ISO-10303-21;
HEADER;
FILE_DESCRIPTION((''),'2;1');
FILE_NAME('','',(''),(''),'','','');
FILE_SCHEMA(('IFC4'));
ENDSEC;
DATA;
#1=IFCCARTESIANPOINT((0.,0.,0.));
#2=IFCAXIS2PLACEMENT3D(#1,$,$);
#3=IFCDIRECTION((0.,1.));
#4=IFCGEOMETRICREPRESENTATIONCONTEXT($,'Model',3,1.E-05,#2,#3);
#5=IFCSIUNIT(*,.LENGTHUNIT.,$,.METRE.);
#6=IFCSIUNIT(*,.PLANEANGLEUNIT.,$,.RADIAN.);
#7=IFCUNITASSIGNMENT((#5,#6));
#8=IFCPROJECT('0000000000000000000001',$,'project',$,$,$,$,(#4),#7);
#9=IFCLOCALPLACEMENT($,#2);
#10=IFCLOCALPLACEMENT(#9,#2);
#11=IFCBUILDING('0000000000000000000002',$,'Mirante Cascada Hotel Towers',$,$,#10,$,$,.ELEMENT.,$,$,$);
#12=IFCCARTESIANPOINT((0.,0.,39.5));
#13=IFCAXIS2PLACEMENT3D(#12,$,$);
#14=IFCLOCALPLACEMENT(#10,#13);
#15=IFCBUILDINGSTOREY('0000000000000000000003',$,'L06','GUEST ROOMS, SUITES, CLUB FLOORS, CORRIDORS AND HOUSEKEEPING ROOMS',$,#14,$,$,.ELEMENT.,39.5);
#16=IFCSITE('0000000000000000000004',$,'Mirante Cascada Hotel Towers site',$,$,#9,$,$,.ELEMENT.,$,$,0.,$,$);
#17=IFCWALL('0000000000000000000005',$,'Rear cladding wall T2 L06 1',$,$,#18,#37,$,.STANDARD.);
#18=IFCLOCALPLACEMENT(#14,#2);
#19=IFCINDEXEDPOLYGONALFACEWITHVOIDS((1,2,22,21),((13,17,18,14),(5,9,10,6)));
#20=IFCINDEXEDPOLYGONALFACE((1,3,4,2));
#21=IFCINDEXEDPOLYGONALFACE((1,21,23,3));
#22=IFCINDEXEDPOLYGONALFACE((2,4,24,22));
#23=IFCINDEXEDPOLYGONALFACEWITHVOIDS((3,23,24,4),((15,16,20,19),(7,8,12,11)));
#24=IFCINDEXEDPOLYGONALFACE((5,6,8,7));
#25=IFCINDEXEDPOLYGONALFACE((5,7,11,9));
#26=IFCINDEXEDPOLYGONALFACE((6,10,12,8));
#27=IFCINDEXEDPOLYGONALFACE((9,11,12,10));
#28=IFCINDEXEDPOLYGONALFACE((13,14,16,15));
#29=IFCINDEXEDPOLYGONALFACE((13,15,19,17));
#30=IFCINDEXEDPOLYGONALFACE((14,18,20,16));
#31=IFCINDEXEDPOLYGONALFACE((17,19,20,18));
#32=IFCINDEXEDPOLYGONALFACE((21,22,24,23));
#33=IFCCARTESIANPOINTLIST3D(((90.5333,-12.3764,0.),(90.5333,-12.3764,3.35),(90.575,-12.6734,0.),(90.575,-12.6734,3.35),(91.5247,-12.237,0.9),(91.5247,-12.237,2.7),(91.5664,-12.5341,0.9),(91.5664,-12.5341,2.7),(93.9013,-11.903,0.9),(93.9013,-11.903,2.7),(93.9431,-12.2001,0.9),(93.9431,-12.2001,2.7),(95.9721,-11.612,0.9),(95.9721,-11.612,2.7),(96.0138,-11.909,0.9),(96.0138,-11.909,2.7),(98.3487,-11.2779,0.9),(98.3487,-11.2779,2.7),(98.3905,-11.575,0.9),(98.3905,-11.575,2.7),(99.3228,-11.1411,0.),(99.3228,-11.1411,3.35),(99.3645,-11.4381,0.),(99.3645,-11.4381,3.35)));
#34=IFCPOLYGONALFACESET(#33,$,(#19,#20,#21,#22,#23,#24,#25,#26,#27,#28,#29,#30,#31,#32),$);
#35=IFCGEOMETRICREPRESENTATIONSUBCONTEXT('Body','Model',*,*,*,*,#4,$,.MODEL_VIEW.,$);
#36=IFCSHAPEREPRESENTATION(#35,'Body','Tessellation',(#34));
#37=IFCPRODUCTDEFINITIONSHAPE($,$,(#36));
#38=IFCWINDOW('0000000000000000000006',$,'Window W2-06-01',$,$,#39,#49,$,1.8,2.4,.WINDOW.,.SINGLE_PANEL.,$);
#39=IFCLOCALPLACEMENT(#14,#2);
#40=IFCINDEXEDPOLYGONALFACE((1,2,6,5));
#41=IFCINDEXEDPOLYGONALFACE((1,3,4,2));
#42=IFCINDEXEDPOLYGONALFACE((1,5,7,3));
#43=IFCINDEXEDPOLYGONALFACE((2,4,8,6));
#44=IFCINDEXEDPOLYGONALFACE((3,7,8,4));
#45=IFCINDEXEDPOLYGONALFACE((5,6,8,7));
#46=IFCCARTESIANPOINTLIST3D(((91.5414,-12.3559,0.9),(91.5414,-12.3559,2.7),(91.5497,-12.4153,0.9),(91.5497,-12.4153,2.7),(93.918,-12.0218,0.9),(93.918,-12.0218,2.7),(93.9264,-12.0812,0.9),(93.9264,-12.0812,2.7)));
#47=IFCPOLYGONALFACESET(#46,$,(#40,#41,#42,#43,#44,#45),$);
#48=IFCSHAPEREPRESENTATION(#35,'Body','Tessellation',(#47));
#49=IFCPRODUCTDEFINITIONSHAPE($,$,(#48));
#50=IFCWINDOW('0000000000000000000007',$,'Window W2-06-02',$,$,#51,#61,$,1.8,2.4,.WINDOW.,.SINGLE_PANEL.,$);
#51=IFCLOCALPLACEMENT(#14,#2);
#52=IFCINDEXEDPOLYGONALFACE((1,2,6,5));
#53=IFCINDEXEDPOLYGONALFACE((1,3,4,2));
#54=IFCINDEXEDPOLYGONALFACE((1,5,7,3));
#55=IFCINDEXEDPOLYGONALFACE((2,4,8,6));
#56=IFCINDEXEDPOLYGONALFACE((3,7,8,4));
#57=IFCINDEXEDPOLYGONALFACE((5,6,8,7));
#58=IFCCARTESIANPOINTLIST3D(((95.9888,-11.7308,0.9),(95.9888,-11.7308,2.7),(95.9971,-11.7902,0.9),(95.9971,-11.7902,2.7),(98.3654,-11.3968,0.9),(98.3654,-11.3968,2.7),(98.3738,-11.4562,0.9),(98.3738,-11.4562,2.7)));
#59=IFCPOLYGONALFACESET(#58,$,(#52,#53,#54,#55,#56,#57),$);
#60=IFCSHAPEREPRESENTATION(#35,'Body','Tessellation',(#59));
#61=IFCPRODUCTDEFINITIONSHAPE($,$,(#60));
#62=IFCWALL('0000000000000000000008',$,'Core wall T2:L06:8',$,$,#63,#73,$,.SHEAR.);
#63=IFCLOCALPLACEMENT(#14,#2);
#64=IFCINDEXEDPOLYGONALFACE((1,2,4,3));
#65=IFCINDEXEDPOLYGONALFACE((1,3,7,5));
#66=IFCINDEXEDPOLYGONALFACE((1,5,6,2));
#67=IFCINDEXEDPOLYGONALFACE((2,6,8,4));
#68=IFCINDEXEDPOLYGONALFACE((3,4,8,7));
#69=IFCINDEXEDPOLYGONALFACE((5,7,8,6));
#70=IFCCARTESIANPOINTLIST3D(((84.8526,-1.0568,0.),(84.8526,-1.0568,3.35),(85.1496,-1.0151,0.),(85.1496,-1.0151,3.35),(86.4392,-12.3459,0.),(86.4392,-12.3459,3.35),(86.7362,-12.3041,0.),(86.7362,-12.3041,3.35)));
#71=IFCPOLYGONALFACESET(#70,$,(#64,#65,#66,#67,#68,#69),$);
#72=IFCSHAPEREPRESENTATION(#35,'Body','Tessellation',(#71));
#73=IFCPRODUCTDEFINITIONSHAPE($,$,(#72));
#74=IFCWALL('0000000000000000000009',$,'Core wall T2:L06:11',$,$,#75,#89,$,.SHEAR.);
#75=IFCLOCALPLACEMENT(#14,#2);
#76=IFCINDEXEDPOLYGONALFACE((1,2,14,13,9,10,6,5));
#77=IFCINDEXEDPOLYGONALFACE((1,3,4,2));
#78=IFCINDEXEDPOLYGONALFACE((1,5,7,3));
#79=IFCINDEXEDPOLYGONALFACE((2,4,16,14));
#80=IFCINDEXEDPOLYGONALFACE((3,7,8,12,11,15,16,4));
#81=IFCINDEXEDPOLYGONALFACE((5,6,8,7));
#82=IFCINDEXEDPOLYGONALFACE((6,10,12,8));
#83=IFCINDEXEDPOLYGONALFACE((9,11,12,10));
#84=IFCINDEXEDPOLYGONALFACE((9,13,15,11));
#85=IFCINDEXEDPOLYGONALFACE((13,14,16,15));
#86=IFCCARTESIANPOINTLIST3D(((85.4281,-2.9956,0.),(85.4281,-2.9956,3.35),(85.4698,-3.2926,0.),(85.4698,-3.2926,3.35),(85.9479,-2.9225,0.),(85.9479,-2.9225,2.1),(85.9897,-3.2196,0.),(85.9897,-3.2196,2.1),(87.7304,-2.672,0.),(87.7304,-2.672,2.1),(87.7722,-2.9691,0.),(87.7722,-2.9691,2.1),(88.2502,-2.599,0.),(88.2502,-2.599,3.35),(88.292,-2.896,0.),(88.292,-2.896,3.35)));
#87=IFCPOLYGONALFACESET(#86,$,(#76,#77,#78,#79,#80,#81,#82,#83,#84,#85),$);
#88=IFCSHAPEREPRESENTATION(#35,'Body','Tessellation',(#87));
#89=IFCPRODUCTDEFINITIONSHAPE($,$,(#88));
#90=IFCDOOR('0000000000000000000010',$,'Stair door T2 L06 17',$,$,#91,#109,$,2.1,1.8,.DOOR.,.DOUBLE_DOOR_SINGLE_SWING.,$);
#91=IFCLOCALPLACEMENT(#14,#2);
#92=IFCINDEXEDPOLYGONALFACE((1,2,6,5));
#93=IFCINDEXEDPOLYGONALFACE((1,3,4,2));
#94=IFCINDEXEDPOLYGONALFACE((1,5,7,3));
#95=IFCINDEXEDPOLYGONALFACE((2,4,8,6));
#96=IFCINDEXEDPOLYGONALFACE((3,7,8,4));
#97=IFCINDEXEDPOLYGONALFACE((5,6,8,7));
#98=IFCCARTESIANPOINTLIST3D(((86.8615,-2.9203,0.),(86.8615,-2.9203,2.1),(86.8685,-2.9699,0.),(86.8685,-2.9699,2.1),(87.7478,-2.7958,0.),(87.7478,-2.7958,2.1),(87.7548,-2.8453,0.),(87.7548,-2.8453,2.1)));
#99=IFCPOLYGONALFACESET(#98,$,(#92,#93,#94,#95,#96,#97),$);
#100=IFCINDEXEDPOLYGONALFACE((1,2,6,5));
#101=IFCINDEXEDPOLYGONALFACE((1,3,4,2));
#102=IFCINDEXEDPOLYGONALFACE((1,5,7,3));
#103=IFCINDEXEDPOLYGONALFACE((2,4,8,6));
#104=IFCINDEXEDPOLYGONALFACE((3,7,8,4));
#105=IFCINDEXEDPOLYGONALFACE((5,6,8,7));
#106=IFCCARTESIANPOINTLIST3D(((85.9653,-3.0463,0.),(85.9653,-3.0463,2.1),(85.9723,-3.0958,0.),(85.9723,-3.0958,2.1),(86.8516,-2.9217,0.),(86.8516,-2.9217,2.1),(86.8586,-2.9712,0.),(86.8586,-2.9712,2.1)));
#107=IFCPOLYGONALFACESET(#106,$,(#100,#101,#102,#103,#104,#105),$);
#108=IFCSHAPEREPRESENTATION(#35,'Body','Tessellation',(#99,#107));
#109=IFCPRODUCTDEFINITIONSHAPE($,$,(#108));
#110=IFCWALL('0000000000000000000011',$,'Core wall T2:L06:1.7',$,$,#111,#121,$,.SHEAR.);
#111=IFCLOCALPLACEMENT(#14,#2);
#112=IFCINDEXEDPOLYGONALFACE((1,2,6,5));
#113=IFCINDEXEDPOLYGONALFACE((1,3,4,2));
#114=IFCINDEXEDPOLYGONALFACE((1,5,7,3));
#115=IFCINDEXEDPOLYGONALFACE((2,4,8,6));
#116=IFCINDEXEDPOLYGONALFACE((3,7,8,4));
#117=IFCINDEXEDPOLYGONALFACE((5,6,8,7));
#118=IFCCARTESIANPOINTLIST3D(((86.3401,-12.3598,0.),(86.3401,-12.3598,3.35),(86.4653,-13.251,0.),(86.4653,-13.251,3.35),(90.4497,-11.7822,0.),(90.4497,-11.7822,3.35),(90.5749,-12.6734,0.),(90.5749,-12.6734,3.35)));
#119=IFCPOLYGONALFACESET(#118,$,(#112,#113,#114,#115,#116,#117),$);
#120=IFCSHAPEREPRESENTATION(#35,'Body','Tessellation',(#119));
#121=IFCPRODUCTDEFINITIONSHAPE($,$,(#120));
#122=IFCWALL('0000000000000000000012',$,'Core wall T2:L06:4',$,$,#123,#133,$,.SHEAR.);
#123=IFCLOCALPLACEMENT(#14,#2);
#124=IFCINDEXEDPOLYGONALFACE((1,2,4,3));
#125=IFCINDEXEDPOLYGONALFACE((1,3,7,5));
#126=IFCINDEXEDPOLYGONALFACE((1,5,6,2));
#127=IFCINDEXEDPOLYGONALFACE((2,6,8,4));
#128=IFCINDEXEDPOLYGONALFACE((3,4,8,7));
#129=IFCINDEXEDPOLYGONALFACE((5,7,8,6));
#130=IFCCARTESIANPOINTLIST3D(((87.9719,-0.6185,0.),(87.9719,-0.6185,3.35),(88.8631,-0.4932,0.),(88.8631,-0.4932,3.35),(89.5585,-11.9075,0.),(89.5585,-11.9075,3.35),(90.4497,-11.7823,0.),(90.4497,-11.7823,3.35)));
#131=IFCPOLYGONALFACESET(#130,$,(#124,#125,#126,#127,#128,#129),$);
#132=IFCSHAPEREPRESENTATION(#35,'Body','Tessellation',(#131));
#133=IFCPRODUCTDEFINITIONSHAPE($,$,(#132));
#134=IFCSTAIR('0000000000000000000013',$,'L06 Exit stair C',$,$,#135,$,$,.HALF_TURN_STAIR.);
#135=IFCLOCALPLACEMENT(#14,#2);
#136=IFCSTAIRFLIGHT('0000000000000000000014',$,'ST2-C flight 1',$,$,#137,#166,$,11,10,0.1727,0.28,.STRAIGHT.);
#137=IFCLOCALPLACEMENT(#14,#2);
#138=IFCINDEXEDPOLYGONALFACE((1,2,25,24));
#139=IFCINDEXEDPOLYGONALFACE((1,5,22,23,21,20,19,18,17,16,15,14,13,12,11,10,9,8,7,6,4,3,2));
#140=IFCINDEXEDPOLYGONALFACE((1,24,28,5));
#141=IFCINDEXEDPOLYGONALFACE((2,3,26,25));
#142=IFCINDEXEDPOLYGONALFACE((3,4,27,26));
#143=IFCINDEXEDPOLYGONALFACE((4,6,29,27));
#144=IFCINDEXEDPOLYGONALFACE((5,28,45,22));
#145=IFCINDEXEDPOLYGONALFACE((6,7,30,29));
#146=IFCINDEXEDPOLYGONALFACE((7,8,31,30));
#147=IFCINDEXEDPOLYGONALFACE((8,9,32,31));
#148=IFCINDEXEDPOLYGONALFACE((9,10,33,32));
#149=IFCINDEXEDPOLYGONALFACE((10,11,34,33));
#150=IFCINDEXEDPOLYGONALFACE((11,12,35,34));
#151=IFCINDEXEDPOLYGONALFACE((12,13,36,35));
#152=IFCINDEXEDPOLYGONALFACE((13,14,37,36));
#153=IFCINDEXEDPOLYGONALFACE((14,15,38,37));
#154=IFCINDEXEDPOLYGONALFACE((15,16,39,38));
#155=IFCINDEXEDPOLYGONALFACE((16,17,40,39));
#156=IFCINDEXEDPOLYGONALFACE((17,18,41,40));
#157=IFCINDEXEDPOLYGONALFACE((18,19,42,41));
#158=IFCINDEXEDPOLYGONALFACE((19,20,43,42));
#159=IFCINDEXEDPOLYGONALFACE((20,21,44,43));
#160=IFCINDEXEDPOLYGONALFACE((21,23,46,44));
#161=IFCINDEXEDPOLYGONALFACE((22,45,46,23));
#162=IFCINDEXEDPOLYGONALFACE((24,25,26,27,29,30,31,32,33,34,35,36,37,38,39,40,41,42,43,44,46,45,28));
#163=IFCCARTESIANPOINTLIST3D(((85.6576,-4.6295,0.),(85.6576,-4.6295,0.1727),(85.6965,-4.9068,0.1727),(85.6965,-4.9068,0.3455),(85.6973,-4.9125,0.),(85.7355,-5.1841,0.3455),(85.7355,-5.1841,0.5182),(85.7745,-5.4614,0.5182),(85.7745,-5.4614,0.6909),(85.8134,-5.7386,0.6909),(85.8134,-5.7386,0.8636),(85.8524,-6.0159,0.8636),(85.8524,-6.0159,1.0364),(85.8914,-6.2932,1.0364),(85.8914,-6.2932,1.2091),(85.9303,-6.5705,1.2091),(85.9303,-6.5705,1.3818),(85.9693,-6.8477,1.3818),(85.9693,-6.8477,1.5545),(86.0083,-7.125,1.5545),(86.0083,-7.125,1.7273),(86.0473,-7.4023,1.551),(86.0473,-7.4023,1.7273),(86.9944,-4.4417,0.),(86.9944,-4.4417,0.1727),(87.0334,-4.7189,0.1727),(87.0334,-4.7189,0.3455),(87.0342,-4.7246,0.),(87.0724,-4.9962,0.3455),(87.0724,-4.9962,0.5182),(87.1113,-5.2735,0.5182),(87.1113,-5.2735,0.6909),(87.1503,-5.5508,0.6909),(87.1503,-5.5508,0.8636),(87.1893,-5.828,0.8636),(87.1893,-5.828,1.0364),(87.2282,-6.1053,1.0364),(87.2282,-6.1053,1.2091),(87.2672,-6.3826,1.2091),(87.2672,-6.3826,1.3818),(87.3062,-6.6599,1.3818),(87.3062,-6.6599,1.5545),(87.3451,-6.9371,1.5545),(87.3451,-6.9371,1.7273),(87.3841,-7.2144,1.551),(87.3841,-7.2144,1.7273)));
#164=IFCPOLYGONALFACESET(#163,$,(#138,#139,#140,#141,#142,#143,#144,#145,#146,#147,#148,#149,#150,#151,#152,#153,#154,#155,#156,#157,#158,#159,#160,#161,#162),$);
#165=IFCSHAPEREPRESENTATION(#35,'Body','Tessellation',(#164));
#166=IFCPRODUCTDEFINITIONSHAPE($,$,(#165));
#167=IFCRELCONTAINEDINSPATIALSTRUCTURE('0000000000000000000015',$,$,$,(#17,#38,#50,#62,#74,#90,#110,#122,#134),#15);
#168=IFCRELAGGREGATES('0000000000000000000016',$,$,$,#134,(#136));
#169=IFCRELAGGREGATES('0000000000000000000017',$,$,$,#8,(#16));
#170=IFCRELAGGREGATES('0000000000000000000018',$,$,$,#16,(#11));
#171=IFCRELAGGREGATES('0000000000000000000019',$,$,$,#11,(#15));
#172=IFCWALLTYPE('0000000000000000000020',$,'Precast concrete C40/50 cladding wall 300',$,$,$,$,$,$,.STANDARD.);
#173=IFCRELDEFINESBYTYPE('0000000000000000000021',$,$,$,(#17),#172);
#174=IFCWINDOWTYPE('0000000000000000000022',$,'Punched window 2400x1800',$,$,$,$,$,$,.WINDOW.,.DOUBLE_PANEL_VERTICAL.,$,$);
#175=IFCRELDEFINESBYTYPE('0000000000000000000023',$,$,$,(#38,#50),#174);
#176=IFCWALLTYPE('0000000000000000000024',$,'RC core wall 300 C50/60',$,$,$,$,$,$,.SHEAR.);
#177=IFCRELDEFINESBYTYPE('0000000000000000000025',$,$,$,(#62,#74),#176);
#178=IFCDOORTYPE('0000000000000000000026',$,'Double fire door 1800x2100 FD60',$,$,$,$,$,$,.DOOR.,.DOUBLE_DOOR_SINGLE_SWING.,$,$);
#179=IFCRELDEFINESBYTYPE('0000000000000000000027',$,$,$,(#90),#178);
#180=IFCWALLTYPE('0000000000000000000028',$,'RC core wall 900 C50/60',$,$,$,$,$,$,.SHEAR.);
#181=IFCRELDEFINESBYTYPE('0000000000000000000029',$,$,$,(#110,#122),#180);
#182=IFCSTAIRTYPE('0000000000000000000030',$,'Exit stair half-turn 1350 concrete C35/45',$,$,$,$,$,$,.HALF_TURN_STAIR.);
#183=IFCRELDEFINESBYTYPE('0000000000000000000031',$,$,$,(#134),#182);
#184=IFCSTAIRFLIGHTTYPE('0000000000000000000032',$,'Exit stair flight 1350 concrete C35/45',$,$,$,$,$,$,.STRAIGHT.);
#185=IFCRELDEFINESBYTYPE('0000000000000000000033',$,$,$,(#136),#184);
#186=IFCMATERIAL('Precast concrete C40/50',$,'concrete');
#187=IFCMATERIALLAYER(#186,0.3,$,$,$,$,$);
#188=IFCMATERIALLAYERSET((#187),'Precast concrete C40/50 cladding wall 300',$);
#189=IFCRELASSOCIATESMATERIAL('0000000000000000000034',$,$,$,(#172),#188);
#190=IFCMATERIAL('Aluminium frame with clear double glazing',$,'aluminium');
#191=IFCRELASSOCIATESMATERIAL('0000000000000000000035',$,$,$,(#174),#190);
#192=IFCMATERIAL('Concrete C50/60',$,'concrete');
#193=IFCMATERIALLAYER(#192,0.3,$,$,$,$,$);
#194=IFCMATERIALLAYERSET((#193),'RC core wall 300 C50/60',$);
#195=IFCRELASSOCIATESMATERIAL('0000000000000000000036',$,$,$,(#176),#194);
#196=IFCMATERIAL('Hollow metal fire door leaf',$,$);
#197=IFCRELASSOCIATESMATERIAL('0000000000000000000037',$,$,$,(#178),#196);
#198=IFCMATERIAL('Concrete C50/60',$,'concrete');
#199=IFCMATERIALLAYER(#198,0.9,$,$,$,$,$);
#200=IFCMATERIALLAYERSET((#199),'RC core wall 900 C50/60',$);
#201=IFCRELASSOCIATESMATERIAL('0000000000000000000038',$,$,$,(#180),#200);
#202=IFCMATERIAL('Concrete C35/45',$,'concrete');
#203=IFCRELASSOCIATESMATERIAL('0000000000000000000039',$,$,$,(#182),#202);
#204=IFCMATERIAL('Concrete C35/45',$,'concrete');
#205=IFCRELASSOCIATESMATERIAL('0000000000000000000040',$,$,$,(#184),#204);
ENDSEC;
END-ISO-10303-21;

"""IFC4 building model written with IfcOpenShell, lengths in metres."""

from ifc_helpers import new_model, si_unit, direction, frame, frame_2d, origin, place, context, subcontext, project, spatial, polyline, rectangle, outline, extrude, material, layer, layer_set, type_object, element, fill, aggregate, save


model = new_model("IFC4")

# Units and contexts
model_context = context("Model", 3, precision=1e-05, world=origin(), true_north=direction((0.0, 1.0)))
body_context = subcontext(model_context, "Body", "Model", "MODEL_VIEW")
ifc_project = project(units=[si_unit("LENGTHUNIT", "METRE"), si_unit("PLANEANGLEUNIT", "RADIAN")], contexts=[model_context])

# Site, building, storey
site_placement = place(None, origin())
site = spatial("IfcSite", under=ifc_project, at=site_placement, Name="Mirante Cascada Hotel Towers site", CompositionType="ELEMENT", RefElevation=0.0)
building_placement = place(site_placement, origin())
building = spatial("IfcBuilding", under=site, at=building_placement, Name="Mirante Cascada Hotel Towers", CompositionType="ELEMENT")
storey_placement = place(building_placement, frame((0.0, 0.0, 39.5)))
storey = spatial("IfcBuildingStorey", under=building, at=storey_placement, Name="L06", Description="GUEST ROOMS, SUITES, CLUB FLOORS, CORRIDORS AND HOUSEKEEPING ROOMS", CompositionType="ELEMENT", Elevation=39.5)

# Wall, openings, windows
ifc_material_1 = material(Name="Precast concrete C40/50", Category="concrete")
ifc_layer_1 = layer(ifc_material_1, 0.3)
ifc_layer_set_1 = layer_set([ifc_layer_1], Name="Precast concrete C40/50 cladding wall 300")
wall_type_1 = type_object("IfcWallType", Name="Precast concrete C40/50 cladding wall 300", PredefinedType="STANDARD", material=ifc_layer_set_1)
wall_1_placement = place(storey_placement, frame((90.5541, -12.5249, 0.0), z_axis=(0.0, 0.0, 1.0), x_axis=(0.990268, 0.139175, 0.0)))
wall_1 = element("IfcWall", 1, at=wall_1_placement, inside=storey, type_object=wall_type_1, Name="Rear cladding wall T2 L06 1", PredefinedType="STANDARD", context=body_context, shape_type="SweptSolid", body=[
    extrude(rectangle(XDim=8.8759, YDim=0.3, at=frame_2d((4.438, 0.0))), origin(), (0.0, 0.0, 1.0), 3.35),
])
opening_1_placement = place(wall_1_placement, frame((1.0012, 0.0, 0.9)))
opening_1 = element("IfcOpeningElement", 2, at=opening_1_placement, cuts=wall_1, PredefinedType="OPENING", context=body_context, shape_type="SweptSolid", body=[
    extrude(rectangle(XDim=2.4, YDim=1.8, at=frame_2d((1.2, 0.9))), frame((0.0, 0.15, 0.0), z_axis=(0.0, -1.0, 0.0), x_axis=(1.0, 0.0, 0.0)), (0.0, 0.0, 1.0), 0.3),
])
opening_2_placement = place(wall_1_placement, frame((5.4923, 0.0, 0.9)))
opening_2 = element("IfcOpeningElement", 3, at=opening_2_placement, cuts=wall_1, PredefinedType="OPENING", context=body_context, shape_type="SweptSolid", body=[
    extrude(rectangle(XDim=2.4, YDim=1.8, at=frame_2d((1.2, 0.9))), frame((0.0, 0.15, 0.0), z_axis=(0.0, -1.0, 0.0), x_axis=(1.0, 0.0, 0.0)), (0.0, 0.0, 1.0), 0.3),
])
ifc_material_2 = material(Name="Aluminium frame with clear double glazing", Category="aluminium")
window_type = type_object("IfcWindowType", Name="Punched window 2400x1800", PartitioningType="DOUBLE_PANEL_VERTICAL", PredefinedType="WINDOW", material=ifc_material_2)
window_1_placement = place(opening_1_placement, origin())
window_1 = element("IfcWindow", 4, at=window_1_placement, inside=storey, type_object=window_type, Name="Window W2-06-01", OverallHeight=1.8, OverallWidth=2.4, PartitioningType="SINGLE_PANEL", PredefinedType="WINDOW", context=body_context, shape_type="SweptSolid", body=[
    extrude(rectangle(XDim=2.4, YDim=1.8, at=frame_2d((1.2, 0.9))), frame((0.0, 0.03, 0.0), z_axis=(0.0, -1.0, 0.0), x_axis=(1.0, 0.0, 0.0)), (0.0, 0.0, 1.0), 0.06),
])
fill(opening_1, window_1)
window_2_placement = place(opening_2_placement, origin())
window_2 = element("IfcWindow", 5, at=window_2_placement, inside=storey, type_object=window_type, Name="Window W2-06-02", OverallHeight=1.8, OverallWidth=2.4, PartitioningType="SINGLE_PANEL", PredefinedType="WINDOW", context=body_context, shape_type="SweptSolid", body=[
    extrude(rectangle(XDim=2.4, YDim=1.8, at=frame_2d((1.2, 0.9))), frame((0.0, 0.03, 0.0), z_axis=(0.0, -1.0, 0.0), x_axis=(1.0, 0.0, 0.0)), (0.0, 0.0, 1.0), 0.06),
])
fill(opening_2, window_2)

# Wall
ifc_material_3 = material(Name="Concrete C50/60", Category="concrete")
ifc_layer_2 = layer(ifc_material_3, 0.3)
ifc_layer_set_2 = layer_set([ifc_layer_2], Name="RC core wall 300 C50/60")
wall_type_2 = type_object("IfcWallType", Name="RC core wall 300 C50/60", PredefinedType="SHEAR", material=ifc_layer_set_2)
wall_2_placement = place(storey_placement, frame((86.5877, -12.325, 0.0), z_axis=(0.0, 0.0, 1.0), x_axis=(-0.139175, 0.990268, 0.0)))
element("IfcWall", 6, at=wall_2_placement, inside=storey, type_object=wall_type_2, Name="Core wall T2:L06:8", PredefinedType="SHEAR", context=body_context, shape_type="SweptSolid", body=[
    extrude(rectangle(XDim=11.4, YDim=0.3, at=frame_2d((5.7, 0.0))), origin(), (0.0, 0.0, 1.0), 3.35),
])

# Wall, opening, door
wall_3_placement = place(storey_placement, frame((85.4489, -3.1441, 0.0), z_axis=(0.0, 0.0, 1.0), x_axis=(0.99027, 0.139161, 0.0)))
wall_3 = element("IfcWall", 7, at=wall_3_placement, inside=storey, type_object=wall_type_2, Name="Core wall T2:L06:11", PredefinedType="SHEAR", context=body_context, shape_type="SweptSolid", body=[
    extrude(rectangle(XDim=2.8499, YDim=0.3, at=frame_2d((1.425, 0.0))), origin(), (0.0, 0.0, 1.0), 3.35),
])
opening_3_placement = place(wall_3_placement, frame((0.525, 0.0, 0.0)))
opening_3 = element("IfcOpeningElement", 8, at=opening_3_placement, cuts=wall_3, PredefinedType="OPENING", context=body_context, shape_type="SweptSolid", body=[
    extrude(rectangle(XDim=1.8, YDim=2.1, at=frame_2d((0.9, 1.05))), frame((0.0, 0.15, 0.0), z_axis=(0.0, -1.0, 0.0), x_axis=(1.0, 0.0, 0.0)), (0.0, 0.0, 1.0), 0.3),
])
ifc_material_4 = material(Name="Hollow metal fire door leaf")
door_type_1 = type_object("IfcDoorType", Name="Double fire door 1800x2100 FD60", OperationType="DOUBLE_DOOR_SINGLE_SWING", PredefinedType="DOOR", material=ifc_material_4)
door_1_placement = place(opening_3_placement, frame((1.8, 0.0, 0.0), z_axis=(0.0, 0.0, 1.0), x_axis=(-1.0, 0.0, 0.0)))
door_1 = element("IfcDoor", 9, at=door_1_placement, inside=storey, type_object=door_type_1, Name="Stair door T2 L06 17", OperationType="DOUBLE_DOOR_SINGLE_SWING", OverallHeight=2.1, OverallWidth=1.8, PredefinedType="DOOR", context=body_context, shape_type="SweptSolid", body=[
    extrude(rectangle(XDim=0.895, YDim=2.1, at=frame_2d((0.4475, 1.05))), frame((0.0, 0.025, 0.0), z_axis=(0.0, -1.0, 0.0), x_axis=(1.0, 0.0, 0.0)), (0.0, 0.0, 1.0), 0.05),
    extrude(rectangle(XDim=0.895, YDim=2.1, at=frame_2d((1.3525, 1.05))), frame((0.0, 0.025, 0.0), z_axis=(0.0, -1.0, 0.0), x_axis=(1.0, 0.0, 0.0)), (0.0, 0.0, 1.0), 0.05),
])
fill(opening_3, door_1)

# Walls
ifc_material_5 = material(Name="Concrete C50/60", Category="concrete")
ifc_layer_3 = layer(ifc_material_5, 0.9)
ifc_layer_set_3 = layer_set([ifc_layer_3], Name="RC core wall 900 C50/60")
wall_type_3 = type_object("IfcWallType", Name="RC core wall 900 C50/60", PredefinedType="SHEAR", material=ifc_layer_set_3)
wall_4_placement = place(storey_placement, frame((86.4027, -12.8054, 0.0), z_axis=(0.0, 0.0, 1.0), x_axis=(0.990267, 0.139181, 0.0)))
element("IfcWall", 10, at=wall_4_placement, inside=storey, type_object=wall_type_3, Name="Core wall T2:L06:1.7", PredefinedType="SHEAR", context=body_context, shape_type="SweptSolid", body=[
    extrude(rectangle(XDim=4.15, YDim=0.9, at=frame_2d((2.075, 0.0))), origin(), (0.0, 0.0, 1.0), 3.35),
])
wall_5_placement = place(storey_placement, frame((90.0041, -11.8449, 0.0), z_axis=(0.0, 0.0, 1.0), x_axis=(-0.139175, 0.990268, 0.0)))
element("IfcWall", 11, at=wall_5_placement, inside=storey, type_object=wall_type_3, Name="Core wall T2:L06:4", PredefinedType="SHEAR", context=body_context, shape_type="SweptSolid", body=[
    extrude(rectangle(XDim=11.4, YDim=0.9, at=frame_2d((5.7, 0.0))), origin(), (0.0, 0.0, 1.0), 3.35),
])

# Stair, stair flight
ifc_material_6 = material(Name="Concrete C35/45", Category="concrete")
stair_type = type_object("IfcStairType", Name="Exit stair half-turn 1350 concrete C35/45", PredefinedType="HALF_TURN_STAIR", material=ifc_material_6)
stair_placement = place(storey_placement, origin())
stair = element("IfcStair", 12, at=stair_placement, inside=storey, type_object=stair_type, Name="L06 Exit stair C", PredefinedType="HALF_TURN_STAIR")
ifc_material_7 = material(Name="Concrete C35/45", Category="concrete")
stair_flight_type = type_object("IfcStairFlightType", Name="Exit stair flight 1350 concrete C35/45", PredefinedType="STRAIGHT", material=ifc_material_7)
stair_flight_1_placement = place(storey_placement, frame((86.326, -4.5356, 0.0), z_axis=(0.0, 0.0, 1.0), x_axis=(0.139173, -0.990268, 0.0)))
stair_flight_1 = element("IfcStairFlight", 13, at=stair_flight_1_placement, type_object=stair_flight_type, Name="ST2-C flight 1", NumberOfRisers=11, NumberOfTreads=10, PredefinedType="STRAIGHT", RiserHeight=0.1727, TreadLength=0.28, context=body_context, shape_type="SweptSolid", body=[
    extrude(outline(polyline([(0.0, 0.0), (0.0, 0.1727), (0.28, 0.1727), (0.28, 0.3455), (0.56, 0.3455), (0.56, 0.5182), (0.84, 0.5182), (0.84, 0.6909), (1.12, 0.6909), (1.12, 0.8636), (1.4, 0.8636), (1.4, 1.0364), (1.68, 1.0364), (1.68, 1.2091), (1.96, 1.2091), (1.96, 1.3818), (2.24, 1.3818), (2.24, 1.5545), (2.52, 1.5545), (2.52, 1.7273), (2.8, 1.7273), (2.8, 1.9), (2.8, 1.551), (0.2857, 0.0), (0.0, 0.0)])), frame((0.0, 0.675, 0.0), z_axis=(0.0, -1.0, 0.0), x_axis=(1.0, 0.0, 0.0)), (0.0, 0.0, 1.0), 1.35),
])
aggregate(stair, [stair_flight_1])

save(model, "model.ifc")
